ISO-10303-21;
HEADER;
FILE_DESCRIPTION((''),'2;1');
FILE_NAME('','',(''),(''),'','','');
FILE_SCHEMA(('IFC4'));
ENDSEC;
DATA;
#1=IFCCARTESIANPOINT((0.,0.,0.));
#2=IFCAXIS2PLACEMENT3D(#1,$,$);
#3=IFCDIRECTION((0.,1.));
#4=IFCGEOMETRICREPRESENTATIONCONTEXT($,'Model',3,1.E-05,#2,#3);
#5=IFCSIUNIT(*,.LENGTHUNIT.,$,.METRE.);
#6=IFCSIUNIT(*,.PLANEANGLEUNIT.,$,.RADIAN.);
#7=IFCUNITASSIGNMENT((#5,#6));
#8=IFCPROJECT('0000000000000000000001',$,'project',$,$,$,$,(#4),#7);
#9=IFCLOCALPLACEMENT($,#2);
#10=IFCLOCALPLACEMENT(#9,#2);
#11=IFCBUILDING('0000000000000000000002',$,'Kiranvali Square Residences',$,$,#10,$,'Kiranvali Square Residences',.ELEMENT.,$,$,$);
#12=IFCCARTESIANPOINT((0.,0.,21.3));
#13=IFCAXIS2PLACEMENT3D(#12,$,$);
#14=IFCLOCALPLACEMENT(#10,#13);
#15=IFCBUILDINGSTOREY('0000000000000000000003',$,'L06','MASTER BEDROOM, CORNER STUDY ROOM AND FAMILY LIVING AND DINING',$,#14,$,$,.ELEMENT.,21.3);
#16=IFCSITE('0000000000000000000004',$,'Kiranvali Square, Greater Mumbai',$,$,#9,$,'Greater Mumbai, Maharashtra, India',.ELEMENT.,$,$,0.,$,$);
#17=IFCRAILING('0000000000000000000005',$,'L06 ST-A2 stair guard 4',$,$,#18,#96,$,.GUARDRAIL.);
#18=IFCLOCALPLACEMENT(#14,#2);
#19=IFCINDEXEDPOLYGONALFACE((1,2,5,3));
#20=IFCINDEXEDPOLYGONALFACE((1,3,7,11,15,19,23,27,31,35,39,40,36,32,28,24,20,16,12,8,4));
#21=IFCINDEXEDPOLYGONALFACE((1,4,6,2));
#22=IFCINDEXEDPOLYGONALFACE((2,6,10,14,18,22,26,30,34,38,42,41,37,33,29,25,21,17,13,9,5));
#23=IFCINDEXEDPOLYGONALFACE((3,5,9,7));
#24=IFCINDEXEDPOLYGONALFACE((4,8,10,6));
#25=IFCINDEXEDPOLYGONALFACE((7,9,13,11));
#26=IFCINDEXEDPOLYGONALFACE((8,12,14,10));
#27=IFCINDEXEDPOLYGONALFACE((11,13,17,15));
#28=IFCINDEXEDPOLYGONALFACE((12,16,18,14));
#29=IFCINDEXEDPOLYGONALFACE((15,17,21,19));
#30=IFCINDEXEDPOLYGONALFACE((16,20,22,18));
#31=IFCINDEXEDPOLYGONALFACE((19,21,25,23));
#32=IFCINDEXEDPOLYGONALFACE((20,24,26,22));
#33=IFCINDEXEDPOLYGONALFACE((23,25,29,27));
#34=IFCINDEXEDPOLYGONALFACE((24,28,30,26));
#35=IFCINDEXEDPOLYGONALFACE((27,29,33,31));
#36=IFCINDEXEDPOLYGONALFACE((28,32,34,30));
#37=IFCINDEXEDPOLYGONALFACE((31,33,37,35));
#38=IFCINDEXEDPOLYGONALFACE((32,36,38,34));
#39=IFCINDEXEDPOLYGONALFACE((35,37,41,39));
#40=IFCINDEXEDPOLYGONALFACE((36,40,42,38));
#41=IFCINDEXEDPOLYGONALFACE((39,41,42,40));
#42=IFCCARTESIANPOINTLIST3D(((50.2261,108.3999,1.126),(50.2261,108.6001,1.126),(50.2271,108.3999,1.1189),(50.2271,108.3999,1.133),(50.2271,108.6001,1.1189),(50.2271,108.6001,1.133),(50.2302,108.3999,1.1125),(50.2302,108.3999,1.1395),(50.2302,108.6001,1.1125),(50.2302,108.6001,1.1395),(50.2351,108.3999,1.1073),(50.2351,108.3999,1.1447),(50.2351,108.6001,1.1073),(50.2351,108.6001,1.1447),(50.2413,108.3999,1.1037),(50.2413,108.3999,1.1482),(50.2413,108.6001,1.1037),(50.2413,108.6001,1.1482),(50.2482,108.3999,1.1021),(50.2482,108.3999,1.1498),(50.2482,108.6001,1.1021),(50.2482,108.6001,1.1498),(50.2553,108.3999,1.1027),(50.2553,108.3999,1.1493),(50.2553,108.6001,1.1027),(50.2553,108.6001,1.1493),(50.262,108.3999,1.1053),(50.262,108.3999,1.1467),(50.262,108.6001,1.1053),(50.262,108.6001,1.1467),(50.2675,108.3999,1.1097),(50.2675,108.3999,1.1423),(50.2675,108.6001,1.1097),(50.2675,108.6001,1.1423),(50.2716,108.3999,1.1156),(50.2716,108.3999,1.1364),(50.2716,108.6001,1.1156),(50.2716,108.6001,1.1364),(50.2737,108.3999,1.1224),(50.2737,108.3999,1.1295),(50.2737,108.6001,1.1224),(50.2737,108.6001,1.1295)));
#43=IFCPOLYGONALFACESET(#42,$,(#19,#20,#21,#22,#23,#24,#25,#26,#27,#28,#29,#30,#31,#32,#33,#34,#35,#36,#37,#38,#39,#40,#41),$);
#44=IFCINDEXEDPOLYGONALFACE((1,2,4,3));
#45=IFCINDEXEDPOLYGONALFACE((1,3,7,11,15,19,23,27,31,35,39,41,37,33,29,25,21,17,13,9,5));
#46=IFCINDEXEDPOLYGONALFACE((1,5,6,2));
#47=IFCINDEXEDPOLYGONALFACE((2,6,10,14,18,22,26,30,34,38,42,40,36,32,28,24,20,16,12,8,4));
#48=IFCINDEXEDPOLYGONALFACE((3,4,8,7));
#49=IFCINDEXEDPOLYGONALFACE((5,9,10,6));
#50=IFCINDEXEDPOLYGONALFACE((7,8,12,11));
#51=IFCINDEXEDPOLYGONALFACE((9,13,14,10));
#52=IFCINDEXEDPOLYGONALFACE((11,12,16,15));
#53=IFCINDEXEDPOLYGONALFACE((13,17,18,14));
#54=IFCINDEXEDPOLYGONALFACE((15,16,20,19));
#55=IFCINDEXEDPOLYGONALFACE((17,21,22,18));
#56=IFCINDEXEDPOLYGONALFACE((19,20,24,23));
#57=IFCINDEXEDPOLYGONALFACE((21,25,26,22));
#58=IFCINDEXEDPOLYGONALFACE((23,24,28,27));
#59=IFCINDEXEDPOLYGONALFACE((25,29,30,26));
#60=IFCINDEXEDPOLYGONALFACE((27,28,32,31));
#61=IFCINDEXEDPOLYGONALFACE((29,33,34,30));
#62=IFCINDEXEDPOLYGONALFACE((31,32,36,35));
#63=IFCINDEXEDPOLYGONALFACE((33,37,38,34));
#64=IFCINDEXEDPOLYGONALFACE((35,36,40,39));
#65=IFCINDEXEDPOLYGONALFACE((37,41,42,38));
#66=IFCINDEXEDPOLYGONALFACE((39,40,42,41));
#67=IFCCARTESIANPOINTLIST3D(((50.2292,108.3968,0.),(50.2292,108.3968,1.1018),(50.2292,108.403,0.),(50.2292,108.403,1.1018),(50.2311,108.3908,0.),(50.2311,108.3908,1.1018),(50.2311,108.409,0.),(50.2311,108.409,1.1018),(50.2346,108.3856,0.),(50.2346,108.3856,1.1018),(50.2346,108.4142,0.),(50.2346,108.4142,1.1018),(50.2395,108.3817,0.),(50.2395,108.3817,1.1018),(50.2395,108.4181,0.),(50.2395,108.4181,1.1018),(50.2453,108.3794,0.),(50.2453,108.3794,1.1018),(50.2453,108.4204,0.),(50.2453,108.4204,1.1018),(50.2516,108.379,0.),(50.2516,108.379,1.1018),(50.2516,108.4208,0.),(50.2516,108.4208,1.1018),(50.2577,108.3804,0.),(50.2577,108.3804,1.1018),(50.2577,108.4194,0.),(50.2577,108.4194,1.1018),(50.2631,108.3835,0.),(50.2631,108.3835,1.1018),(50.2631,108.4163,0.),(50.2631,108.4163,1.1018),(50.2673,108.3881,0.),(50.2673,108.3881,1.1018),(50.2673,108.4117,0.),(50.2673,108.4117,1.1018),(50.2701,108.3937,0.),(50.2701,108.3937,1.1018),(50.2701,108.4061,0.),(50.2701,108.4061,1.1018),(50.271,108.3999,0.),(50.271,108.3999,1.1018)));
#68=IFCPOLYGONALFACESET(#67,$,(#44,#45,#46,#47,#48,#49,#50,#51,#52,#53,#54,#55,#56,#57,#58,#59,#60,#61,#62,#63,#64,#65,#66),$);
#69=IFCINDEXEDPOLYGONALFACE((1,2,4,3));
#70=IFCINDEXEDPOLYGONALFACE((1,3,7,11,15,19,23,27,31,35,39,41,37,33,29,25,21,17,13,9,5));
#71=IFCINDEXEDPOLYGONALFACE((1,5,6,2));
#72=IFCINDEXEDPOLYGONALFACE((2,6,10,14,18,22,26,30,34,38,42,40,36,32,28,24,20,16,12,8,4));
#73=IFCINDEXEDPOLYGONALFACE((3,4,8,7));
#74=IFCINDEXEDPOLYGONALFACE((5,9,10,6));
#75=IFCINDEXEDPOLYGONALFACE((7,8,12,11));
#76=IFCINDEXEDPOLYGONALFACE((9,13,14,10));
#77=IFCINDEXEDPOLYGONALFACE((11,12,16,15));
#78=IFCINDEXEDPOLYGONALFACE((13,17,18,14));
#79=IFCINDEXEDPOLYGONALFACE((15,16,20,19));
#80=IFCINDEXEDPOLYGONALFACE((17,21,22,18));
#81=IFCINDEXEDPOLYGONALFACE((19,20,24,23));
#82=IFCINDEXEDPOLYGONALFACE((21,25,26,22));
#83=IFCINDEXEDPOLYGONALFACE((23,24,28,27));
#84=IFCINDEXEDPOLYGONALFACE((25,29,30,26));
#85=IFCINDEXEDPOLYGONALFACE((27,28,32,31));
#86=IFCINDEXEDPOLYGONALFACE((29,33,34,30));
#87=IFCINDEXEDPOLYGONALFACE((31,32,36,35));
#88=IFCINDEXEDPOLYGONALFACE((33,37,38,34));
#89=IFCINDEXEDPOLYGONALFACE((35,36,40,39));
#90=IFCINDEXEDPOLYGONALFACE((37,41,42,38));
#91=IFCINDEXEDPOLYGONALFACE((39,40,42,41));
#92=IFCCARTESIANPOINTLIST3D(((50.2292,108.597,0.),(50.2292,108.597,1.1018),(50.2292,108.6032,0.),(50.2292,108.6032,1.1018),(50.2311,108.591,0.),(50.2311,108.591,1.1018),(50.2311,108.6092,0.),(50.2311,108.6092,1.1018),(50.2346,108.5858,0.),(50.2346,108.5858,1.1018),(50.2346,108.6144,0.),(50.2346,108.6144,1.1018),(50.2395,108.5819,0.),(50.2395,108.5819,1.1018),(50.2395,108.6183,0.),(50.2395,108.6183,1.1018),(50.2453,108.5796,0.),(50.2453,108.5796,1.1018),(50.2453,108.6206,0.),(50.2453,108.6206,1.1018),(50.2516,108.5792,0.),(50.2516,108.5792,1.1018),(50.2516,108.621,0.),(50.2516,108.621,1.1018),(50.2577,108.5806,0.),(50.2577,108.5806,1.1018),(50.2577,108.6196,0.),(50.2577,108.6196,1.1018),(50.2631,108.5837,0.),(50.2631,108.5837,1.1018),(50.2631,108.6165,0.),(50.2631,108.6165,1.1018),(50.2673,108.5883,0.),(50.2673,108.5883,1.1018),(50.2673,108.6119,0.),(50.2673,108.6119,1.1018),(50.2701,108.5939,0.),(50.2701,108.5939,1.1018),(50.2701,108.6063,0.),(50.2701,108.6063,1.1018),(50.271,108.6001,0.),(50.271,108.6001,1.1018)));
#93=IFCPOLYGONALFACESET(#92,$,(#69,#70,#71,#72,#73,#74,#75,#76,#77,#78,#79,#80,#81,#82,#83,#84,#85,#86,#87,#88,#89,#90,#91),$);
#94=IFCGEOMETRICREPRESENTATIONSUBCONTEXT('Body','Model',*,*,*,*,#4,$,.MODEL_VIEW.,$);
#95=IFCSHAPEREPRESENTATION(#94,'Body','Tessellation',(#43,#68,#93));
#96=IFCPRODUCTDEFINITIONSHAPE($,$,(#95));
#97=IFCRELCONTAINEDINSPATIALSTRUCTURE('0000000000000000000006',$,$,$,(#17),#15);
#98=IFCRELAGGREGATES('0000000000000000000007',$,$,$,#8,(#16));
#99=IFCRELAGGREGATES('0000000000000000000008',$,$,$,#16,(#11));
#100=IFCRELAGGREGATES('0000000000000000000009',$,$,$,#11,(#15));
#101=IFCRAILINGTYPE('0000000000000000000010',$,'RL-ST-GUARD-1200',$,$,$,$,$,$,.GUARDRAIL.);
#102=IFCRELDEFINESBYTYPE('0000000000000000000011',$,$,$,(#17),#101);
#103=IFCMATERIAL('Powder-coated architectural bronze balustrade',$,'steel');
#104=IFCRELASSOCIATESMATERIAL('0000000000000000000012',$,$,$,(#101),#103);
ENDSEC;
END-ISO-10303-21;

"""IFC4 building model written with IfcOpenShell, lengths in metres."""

from ifc_helpers import new_model, si_unit, direction, frame, origin, origin_2d, place, context, subcontext, project, spatial, circle, extrude, material, type_object, element, save


model = new_model("IFC4")

# Units and contexts
model_context = context("Model", 3, precision=1e-05, world=origin(), true_north=direction((0.0, 1.0)))
body_context = subcontext(model_context, "Body", "Model", "MODEL_VIEW")
ifc_project = project(units=[si_unit("LENGTHUNIT", "METRE"), si_unit("PLANEANGLEUNIT", "RADIAN")], contexts=[model_context])

# Site, building, storey
site_placement = place(None, origin())
site = spatial("IfcSite", under=ifc_project, at=site_placement, Name="Kiranvali Square, Greater Mumbai", LongName="Greater Mumbai, Maharashtra, India", CompositionType="ELEMENT", RefElevation=0.0)
building_placement = place(site_placement, origin())
building = spatial("IfcBuilding", under=site, at=building_placement, Name="Kiranvali Square Residences", LongName="Kiranvali Square Residences", CompositionType="ELEMENT")
storey_placement = place(building_placement, frame((0.0, 0.0, 21.3)))
storey = spatial("IfcBuildingStorey", under=building, at=storey_placement, Name="L06", Description="MASTER BEDROOM, CORNER STUDY ROOM AND FAMILY LIVING AND DINING", CompositionType="ELEMENT", Elevation=21.3)

# Railing
ifc_material_1 = material(Name="Powder-coated architectural bronze balustrade", Category="steel")
railing_type_1 = type_object("IfcRailingType", Name="RL-ST-GUARD-1200", PredefinedType="GUARDRAIL", material=ifc_material_1)
railing_1_placement = place(storey_placement, frame((50.25, 108.3999, 0.0)))
element("IfcRailing", 1, at=railing_1_placement, inside=storey, type_object=railing_type_1, Name="L06 ST-A2 stair guard 4", PredefinedType="GUARDRAIL", context=body_context, shape_type="SweptSolid", body=[
    extrude(circle(Radius=0.0239, at=origin_2d()), frame((0.0, 0.0, 1.126), z_axis=(0.0, 1.0, 0.0), x_axis=(-1.0, 0.0, 0.0)), (0.0, 0.0, 1.0), 0.2002),
    extrude(circle(Radius=0.021, at=origin_2d()), origin(), (0.0, 0.0, 1.0), 1.1018),
    extrude(circle(Radius=0.021, at=origin_2d()), frame((0.0, 0.2002, 0.0)), (0.0, 0.0, 1.0), 1.1018),
])

save(model, "model.ifc")
